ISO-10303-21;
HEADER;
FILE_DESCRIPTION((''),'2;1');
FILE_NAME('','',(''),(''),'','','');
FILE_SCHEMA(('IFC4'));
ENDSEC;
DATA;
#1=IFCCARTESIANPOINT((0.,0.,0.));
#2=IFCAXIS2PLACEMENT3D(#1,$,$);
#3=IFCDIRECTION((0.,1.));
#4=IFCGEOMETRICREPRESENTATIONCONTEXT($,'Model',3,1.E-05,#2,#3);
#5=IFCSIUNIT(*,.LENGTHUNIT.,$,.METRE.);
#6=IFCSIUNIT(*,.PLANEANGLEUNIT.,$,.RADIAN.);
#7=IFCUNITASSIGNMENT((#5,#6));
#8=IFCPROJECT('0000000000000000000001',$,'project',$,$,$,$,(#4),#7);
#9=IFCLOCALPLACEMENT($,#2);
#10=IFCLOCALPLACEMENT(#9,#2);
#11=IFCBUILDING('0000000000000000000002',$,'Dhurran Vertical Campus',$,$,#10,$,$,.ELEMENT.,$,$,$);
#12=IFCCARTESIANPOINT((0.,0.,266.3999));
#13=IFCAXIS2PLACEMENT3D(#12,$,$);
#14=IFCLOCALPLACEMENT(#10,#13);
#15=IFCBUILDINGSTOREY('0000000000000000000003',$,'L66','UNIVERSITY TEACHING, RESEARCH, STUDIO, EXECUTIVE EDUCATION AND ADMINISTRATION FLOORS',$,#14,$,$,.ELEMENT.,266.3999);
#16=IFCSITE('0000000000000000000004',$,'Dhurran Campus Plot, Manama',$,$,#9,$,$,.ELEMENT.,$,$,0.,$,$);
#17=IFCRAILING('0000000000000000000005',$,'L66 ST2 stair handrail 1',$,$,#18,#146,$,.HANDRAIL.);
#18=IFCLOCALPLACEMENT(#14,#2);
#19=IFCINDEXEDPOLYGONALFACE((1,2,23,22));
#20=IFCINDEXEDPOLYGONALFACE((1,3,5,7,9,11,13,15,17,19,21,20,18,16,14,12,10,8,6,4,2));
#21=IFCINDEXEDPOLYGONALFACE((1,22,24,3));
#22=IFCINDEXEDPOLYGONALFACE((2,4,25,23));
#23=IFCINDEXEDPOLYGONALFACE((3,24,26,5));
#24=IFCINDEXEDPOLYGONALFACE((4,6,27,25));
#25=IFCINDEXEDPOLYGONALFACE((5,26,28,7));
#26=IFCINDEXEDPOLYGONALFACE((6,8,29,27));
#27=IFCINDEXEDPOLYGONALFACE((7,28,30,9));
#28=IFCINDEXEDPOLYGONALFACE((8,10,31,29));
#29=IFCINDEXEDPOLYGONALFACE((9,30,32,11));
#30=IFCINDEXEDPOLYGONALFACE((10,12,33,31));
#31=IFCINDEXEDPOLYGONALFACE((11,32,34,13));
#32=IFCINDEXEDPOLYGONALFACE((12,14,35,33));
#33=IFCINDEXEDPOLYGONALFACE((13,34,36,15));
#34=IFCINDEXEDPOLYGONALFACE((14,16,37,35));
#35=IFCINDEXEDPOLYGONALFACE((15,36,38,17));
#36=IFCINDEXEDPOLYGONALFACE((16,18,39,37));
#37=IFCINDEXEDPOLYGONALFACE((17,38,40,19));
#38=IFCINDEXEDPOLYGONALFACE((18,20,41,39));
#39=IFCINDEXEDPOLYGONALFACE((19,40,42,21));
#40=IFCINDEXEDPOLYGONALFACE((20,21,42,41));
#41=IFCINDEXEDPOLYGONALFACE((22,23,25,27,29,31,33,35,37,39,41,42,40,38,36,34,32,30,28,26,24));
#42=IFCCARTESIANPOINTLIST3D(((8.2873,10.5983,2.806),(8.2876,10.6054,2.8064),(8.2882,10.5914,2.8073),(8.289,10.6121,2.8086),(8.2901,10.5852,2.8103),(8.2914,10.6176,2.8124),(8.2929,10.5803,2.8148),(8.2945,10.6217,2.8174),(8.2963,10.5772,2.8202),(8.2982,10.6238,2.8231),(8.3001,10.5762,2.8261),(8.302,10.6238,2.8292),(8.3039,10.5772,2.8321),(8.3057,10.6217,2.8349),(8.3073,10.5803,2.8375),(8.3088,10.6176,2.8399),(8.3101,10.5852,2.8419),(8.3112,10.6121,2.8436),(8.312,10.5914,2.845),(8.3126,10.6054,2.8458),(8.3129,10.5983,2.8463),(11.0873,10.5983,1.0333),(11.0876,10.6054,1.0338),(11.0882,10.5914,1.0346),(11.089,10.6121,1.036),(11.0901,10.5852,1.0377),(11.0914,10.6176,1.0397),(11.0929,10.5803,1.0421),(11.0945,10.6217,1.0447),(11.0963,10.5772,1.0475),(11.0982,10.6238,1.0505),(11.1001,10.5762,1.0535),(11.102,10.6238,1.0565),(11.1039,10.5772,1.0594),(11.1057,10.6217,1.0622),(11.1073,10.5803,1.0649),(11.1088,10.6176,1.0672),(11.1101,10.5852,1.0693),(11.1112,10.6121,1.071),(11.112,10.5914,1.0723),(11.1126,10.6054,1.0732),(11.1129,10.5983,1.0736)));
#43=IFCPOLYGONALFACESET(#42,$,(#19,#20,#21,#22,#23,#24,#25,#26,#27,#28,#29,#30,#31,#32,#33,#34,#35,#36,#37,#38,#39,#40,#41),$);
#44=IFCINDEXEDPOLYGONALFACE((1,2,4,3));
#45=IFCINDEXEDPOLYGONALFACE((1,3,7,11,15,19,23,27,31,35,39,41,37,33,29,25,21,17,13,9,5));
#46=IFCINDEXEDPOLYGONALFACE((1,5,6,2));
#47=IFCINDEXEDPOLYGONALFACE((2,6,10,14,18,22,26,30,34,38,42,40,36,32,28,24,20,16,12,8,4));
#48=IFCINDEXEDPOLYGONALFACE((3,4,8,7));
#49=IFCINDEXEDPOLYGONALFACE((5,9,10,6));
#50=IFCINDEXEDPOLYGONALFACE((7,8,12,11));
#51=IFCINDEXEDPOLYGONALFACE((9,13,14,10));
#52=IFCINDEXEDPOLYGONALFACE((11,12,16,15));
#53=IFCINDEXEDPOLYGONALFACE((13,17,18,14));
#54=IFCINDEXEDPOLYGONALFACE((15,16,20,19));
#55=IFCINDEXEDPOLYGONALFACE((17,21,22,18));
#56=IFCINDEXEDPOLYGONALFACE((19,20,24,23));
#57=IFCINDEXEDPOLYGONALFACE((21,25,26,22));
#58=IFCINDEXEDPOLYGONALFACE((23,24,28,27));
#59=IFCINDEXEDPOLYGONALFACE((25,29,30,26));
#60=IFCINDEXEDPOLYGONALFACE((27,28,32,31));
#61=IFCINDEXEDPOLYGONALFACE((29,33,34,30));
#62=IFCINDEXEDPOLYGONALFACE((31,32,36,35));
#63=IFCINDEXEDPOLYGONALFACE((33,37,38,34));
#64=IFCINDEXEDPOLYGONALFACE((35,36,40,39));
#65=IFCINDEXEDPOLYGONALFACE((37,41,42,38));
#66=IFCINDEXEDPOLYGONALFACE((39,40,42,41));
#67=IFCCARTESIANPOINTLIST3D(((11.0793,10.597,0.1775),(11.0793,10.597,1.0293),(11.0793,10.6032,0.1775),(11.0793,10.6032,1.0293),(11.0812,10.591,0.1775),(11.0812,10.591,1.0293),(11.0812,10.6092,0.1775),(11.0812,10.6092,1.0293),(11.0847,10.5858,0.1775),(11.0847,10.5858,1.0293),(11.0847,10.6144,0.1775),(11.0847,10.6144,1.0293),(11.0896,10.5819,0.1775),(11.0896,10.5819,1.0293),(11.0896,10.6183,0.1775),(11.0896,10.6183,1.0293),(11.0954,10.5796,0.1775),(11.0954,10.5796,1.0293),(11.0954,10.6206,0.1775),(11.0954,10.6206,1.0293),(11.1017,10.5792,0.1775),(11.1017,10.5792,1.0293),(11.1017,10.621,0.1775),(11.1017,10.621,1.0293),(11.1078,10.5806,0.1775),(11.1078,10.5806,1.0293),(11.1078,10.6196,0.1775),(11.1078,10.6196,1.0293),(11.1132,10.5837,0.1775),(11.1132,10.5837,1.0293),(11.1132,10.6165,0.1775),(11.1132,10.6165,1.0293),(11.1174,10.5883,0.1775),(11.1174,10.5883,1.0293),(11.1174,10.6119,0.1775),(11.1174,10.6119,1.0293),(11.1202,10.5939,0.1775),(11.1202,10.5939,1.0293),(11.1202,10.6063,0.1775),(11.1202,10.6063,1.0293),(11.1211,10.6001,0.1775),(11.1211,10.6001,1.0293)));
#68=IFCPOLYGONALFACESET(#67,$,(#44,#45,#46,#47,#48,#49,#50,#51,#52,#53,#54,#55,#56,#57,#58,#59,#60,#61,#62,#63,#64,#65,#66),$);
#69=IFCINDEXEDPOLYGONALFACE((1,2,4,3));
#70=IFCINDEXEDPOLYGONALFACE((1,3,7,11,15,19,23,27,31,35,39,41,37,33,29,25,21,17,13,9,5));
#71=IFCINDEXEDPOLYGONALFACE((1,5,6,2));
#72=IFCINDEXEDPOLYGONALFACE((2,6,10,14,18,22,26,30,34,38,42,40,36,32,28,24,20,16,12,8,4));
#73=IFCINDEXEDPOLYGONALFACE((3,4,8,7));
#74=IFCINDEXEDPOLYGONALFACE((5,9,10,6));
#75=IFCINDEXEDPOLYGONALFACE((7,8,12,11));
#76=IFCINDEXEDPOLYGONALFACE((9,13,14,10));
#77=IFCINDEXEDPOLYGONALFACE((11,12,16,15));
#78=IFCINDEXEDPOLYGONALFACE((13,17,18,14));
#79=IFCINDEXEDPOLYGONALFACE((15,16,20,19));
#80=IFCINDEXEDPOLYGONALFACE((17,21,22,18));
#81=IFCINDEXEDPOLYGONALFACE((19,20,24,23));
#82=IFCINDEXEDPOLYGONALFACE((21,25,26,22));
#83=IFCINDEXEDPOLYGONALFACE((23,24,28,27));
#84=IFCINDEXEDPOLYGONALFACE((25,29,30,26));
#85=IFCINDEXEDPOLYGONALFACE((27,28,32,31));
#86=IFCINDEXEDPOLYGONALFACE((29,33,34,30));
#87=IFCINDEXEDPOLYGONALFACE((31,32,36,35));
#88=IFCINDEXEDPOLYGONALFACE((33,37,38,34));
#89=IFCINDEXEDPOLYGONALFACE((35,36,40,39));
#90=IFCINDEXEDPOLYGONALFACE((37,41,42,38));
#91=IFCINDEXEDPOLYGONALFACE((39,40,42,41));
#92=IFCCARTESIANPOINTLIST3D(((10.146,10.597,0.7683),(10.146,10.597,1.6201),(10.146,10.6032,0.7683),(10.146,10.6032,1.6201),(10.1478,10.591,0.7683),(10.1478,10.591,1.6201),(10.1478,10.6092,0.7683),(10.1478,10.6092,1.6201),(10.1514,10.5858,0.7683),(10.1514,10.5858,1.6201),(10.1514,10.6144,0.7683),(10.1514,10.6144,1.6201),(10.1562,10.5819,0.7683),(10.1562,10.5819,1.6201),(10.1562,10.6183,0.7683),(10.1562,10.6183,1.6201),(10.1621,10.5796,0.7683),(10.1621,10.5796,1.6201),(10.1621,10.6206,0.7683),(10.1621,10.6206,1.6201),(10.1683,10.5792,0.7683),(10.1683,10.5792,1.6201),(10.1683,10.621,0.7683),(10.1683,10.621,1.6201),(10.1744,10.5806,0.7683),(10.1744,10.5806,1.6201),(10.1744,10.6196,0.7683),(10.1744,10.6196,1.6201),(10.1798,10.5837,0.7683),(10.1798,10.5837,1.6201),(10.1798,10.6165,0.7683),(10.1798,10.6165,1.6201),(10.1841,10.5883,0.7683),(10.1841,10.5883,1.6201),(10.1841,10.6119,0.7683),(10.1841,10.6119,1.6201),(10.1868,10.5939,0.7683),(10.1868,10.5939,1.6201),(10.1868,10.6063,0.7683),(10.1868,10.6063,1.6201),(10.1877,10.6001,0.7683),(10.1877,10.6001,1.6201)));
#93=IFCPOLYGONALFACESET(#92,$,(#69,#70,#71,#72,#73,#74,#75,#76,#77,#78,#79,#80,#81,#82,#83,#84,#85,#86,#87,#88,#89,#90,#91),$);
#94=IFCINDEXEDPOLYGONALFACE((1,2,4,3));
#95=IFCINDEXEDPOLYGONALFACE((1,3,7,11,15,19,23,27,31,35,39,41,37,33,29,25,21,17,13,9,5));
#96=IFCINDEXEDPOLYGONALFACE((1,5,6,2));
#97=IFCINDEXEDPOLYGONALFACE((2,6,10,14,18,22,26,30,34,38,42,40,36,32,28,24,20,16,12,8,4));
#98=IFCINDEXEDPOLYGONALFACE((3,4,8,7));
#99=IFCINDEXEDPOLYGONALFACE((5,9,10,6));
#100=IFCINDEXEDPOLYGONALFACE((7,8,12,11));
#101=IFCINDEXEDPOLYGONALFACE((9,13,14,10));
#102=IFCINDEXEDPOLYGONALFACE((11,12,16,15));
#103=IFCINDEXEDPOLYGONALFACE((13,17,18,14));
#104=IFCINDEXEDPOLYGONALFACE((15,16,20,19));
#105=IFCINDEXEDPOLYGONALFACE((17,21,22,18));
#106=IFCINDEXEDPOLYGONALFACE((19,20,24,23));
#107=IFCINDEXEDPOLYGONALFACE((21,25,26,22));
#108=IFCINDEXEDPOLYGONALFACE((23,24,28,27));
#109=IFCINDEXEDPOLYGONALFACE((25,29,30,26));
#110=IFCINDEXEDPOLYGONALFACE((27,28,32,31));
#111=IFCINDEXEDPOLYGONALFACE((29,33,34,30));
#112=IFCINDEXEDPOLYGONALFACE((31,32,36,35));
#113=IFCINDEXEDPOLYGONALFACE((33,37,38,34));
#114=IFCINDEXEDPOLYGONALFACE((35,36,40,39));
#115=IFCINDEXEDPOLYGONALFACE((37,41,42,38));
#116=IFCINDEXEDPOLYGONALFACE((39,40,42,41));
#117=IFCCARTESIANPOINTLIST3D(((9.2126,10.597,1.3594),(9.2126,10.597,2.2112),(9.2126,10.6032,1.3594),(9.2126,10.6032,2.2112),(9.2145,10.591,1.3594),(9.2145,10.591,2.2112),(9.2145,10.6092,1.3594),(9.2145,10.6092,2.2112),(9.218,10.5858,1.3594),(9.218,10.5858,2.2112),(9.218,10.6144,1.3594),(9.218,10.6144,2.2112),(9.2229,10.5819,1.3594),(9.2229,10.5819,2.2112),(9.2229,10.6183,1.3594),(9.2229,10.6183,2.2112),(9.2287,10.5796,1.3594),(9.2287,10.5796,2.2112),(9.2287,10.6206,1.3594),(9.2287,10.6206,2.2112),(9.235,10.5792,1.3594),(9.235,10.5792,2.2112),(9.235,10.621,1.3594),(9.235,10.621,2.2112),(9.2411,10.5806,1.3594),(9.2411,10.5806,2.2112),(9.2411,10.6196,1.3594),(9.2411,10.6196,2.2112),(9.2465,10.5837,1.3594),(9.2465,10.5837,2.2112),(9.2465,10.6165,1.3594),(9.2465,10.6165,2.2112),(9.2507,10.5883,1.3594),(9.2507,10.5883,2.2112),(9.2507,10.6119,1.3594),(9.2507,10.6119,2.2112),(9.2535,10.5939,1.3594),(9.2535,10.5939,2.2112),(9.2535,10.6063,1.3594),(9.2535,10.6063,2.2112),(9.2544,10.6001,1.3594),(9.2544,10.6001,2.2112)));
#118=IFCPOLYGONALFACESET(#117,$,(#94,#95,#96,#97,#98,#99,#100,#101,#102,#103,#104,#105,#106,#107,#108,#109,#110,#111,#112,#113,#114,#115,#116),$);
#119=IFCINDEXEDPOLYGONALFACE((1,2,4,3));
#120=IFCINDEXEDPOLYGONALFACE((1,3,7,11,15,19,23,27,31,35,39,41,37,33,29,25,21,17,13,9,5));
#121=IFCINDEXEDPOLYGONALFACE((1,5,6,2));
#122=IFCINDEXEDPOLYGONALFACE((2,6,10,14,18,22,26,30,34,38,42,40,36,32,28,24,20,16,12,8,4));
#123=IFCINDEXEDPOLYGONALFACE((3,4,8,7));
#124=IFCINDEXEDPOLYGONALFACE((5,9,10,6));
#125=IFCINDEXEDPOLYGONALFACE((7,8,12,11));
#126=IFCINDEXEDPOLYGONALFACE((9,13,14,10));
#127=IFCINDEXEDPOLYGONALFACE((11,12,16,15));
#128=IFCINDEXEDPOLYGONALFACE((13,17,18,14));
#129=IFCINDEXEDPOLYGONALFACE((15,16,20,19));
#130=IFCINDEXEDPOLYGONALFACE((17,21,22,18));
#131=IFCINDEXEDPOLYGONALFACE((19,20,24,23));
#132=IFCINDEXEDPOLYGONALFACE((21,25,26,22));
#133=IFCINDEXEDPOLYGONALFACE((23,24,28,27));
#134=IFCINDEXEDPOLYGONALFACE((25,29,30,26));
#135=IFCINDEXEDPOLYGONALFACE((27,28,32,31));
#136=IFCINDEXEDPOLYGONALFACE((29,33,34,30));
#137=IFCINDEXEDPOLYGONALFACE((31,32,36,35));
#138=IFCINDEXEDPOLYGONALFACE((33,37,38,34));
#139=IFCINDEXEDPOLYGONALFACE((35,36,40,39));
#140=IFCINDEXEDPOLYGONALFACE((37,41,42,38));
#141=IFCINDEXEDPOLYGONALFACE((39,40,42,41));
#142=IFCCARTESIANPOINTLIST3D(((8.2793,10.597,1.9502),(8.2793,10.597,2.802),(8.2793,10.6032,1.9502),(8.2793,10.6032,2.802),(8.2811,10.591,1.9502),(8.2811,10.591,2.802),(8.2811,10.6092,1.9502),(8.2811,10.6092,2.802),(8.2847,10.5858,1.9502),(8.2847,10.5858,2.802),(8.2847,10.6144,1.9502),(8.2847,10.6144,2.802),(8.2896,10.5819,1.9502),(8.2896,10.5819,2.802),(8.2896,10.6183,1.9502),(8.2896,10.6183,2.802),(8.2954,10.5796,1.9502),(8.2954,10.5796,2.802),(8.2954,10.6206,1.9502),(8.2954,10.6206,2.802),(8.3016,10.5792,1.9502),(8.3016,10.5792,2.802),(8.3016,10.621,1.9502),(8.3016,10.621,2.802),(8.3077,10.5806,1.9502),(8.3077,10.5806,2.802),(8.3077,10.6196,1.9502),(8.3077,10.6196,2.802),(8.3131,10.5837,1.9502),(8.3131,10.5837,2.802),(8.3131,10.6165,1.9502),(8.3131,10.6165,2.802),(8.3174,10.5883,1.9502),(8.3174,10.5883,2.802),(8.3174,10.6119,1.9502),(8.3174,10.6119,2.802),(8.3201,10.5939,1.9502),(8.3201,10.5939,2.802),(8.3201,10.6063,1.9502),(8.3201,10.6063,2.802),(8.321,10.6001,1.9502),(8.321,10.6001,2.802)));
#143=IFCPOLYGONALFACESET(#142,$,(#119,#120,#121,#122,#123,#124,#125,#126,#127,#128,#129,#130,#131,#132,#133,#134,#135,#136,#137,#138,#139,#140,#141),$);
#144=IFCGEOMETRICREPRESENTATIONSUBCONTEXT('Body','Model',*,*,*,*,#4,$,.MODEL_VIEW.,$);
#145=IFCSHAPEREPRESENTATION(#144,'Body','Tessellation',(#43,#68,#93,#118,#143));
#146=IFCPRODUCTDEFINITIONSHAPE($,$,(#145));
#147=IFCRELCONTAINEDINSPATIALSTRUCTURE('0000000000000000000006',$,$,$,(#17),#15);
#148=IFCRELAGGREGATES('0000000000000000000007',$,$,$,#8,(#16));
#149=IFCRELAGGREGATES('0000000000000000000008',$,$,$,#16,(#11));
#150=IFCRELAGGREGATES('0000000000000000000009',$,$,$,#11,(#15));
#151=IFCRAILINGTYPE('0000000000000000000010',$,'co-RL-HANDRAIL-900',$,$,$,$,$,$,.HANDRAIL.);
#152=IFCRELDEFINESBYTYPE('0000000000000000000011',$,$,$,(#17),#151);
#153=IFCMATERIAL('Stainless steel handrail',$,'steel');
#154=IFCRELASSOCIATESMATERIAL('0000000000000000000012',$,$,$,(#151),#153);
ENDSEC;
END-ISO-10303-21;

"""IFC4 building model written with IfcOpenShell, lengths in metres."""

from ifc_helpers import new_model, si_unit, direction, frame, origin, origin_2d, place, context, subcontext, project, spatial, circle, extrude, material, type_object, element, save


model = new_model("IFC4")

# Units and contexts
model_context = context("Model", 3, precision=1e-05, world=origin(), true_north=direction((0.0, 1.0)))
body_context = subcontext(model_context, "Body", "Model", "MODEL_VIEW")
ifc_project = project(units=[si_unit("LENGTHUNIT", "METRE"), si_unit("PLANEANGLEUNIT", "RADIAN")], contexts=[model_context])

# Site, building, storey
site_placement = place(None, origin())
site = spatial("IfcSite", under=ifc_project, at=site_placement, Name="Dhurran Campus Plot, Manama", CompositionType="ELEMENT", RefElevation=0.0)
building_placement = place(site_placement, origin())
building = spatial("IfcBuilding", under=site, at=building_placement, Name="Dhurran Vertical Campus", CompositionType="ELEMENT")
storey_placement = place(building_placement, frame((0.0, 0.0, 266.3999)))
storey = spatial("IfcBuildingStorey", under=building, at=storey_placement, Name="L66", Description="UNIVERSITY TEACHING, RESEARCH, STUDIO, EXECUTIVE EDUCATION AND ADMINISTRATION FLOORS", CompositionType="ELEMENT", Elevation=266.3999)

# Railing
ifc_material_1 = material(Name="Stainless steel handrail", Category="steel")
railing_type_1 = type_object("IfcRailingType", Name="co-RL-HANDRAIL-900", PredefinedType="HANDRAIL", material=ifc_material_1)
railing_1_placement = place(storey_placement, frame((11.1001, 10.6001, 0.1775)))
element("IfcRailing", 1, at=railing_1_placement, inside=storey, type_object=railing_type_1, Name="L66 ST2 stair handrail 1", PredefinedType="HANDRAIL", context=body_context, shape_type="SweptSolid", body=[
    extrude(circle(Radius=0.0239, at=origin_2d()), frame((0.0, 0.0, 0.876), z_axis=(-0.844909, 0.0, 0.53491), x_axis=(0.0, -1.0, 0.0)), (0.0, 0.0, 1.0), 3.314),
    extrude(circle(Radius=0.021, at=origin_2d()), origin(), (0.0, 0.0, 1.0), 0.8518),
    extrude(circle(Radius=0.021, at=origin_2d()), frame((-0.9333, 0.0, 0.5908)), (0.0, 0.0, 1.0), 0.8518),
    extrude(circle(Radius=0.021, at=origin_2d()), frame((-1.8667, 0.0, 1.1819)), (0.0, 0.0, 1.0), 0.8518),
    extrude(circle(Radius=0.021, at=origin_2d()), frame((-2.8, 0.0, 1.7727)), (0.0, 0.0, 1.0), 0.8518),
])

save(model, "model.ifc")
